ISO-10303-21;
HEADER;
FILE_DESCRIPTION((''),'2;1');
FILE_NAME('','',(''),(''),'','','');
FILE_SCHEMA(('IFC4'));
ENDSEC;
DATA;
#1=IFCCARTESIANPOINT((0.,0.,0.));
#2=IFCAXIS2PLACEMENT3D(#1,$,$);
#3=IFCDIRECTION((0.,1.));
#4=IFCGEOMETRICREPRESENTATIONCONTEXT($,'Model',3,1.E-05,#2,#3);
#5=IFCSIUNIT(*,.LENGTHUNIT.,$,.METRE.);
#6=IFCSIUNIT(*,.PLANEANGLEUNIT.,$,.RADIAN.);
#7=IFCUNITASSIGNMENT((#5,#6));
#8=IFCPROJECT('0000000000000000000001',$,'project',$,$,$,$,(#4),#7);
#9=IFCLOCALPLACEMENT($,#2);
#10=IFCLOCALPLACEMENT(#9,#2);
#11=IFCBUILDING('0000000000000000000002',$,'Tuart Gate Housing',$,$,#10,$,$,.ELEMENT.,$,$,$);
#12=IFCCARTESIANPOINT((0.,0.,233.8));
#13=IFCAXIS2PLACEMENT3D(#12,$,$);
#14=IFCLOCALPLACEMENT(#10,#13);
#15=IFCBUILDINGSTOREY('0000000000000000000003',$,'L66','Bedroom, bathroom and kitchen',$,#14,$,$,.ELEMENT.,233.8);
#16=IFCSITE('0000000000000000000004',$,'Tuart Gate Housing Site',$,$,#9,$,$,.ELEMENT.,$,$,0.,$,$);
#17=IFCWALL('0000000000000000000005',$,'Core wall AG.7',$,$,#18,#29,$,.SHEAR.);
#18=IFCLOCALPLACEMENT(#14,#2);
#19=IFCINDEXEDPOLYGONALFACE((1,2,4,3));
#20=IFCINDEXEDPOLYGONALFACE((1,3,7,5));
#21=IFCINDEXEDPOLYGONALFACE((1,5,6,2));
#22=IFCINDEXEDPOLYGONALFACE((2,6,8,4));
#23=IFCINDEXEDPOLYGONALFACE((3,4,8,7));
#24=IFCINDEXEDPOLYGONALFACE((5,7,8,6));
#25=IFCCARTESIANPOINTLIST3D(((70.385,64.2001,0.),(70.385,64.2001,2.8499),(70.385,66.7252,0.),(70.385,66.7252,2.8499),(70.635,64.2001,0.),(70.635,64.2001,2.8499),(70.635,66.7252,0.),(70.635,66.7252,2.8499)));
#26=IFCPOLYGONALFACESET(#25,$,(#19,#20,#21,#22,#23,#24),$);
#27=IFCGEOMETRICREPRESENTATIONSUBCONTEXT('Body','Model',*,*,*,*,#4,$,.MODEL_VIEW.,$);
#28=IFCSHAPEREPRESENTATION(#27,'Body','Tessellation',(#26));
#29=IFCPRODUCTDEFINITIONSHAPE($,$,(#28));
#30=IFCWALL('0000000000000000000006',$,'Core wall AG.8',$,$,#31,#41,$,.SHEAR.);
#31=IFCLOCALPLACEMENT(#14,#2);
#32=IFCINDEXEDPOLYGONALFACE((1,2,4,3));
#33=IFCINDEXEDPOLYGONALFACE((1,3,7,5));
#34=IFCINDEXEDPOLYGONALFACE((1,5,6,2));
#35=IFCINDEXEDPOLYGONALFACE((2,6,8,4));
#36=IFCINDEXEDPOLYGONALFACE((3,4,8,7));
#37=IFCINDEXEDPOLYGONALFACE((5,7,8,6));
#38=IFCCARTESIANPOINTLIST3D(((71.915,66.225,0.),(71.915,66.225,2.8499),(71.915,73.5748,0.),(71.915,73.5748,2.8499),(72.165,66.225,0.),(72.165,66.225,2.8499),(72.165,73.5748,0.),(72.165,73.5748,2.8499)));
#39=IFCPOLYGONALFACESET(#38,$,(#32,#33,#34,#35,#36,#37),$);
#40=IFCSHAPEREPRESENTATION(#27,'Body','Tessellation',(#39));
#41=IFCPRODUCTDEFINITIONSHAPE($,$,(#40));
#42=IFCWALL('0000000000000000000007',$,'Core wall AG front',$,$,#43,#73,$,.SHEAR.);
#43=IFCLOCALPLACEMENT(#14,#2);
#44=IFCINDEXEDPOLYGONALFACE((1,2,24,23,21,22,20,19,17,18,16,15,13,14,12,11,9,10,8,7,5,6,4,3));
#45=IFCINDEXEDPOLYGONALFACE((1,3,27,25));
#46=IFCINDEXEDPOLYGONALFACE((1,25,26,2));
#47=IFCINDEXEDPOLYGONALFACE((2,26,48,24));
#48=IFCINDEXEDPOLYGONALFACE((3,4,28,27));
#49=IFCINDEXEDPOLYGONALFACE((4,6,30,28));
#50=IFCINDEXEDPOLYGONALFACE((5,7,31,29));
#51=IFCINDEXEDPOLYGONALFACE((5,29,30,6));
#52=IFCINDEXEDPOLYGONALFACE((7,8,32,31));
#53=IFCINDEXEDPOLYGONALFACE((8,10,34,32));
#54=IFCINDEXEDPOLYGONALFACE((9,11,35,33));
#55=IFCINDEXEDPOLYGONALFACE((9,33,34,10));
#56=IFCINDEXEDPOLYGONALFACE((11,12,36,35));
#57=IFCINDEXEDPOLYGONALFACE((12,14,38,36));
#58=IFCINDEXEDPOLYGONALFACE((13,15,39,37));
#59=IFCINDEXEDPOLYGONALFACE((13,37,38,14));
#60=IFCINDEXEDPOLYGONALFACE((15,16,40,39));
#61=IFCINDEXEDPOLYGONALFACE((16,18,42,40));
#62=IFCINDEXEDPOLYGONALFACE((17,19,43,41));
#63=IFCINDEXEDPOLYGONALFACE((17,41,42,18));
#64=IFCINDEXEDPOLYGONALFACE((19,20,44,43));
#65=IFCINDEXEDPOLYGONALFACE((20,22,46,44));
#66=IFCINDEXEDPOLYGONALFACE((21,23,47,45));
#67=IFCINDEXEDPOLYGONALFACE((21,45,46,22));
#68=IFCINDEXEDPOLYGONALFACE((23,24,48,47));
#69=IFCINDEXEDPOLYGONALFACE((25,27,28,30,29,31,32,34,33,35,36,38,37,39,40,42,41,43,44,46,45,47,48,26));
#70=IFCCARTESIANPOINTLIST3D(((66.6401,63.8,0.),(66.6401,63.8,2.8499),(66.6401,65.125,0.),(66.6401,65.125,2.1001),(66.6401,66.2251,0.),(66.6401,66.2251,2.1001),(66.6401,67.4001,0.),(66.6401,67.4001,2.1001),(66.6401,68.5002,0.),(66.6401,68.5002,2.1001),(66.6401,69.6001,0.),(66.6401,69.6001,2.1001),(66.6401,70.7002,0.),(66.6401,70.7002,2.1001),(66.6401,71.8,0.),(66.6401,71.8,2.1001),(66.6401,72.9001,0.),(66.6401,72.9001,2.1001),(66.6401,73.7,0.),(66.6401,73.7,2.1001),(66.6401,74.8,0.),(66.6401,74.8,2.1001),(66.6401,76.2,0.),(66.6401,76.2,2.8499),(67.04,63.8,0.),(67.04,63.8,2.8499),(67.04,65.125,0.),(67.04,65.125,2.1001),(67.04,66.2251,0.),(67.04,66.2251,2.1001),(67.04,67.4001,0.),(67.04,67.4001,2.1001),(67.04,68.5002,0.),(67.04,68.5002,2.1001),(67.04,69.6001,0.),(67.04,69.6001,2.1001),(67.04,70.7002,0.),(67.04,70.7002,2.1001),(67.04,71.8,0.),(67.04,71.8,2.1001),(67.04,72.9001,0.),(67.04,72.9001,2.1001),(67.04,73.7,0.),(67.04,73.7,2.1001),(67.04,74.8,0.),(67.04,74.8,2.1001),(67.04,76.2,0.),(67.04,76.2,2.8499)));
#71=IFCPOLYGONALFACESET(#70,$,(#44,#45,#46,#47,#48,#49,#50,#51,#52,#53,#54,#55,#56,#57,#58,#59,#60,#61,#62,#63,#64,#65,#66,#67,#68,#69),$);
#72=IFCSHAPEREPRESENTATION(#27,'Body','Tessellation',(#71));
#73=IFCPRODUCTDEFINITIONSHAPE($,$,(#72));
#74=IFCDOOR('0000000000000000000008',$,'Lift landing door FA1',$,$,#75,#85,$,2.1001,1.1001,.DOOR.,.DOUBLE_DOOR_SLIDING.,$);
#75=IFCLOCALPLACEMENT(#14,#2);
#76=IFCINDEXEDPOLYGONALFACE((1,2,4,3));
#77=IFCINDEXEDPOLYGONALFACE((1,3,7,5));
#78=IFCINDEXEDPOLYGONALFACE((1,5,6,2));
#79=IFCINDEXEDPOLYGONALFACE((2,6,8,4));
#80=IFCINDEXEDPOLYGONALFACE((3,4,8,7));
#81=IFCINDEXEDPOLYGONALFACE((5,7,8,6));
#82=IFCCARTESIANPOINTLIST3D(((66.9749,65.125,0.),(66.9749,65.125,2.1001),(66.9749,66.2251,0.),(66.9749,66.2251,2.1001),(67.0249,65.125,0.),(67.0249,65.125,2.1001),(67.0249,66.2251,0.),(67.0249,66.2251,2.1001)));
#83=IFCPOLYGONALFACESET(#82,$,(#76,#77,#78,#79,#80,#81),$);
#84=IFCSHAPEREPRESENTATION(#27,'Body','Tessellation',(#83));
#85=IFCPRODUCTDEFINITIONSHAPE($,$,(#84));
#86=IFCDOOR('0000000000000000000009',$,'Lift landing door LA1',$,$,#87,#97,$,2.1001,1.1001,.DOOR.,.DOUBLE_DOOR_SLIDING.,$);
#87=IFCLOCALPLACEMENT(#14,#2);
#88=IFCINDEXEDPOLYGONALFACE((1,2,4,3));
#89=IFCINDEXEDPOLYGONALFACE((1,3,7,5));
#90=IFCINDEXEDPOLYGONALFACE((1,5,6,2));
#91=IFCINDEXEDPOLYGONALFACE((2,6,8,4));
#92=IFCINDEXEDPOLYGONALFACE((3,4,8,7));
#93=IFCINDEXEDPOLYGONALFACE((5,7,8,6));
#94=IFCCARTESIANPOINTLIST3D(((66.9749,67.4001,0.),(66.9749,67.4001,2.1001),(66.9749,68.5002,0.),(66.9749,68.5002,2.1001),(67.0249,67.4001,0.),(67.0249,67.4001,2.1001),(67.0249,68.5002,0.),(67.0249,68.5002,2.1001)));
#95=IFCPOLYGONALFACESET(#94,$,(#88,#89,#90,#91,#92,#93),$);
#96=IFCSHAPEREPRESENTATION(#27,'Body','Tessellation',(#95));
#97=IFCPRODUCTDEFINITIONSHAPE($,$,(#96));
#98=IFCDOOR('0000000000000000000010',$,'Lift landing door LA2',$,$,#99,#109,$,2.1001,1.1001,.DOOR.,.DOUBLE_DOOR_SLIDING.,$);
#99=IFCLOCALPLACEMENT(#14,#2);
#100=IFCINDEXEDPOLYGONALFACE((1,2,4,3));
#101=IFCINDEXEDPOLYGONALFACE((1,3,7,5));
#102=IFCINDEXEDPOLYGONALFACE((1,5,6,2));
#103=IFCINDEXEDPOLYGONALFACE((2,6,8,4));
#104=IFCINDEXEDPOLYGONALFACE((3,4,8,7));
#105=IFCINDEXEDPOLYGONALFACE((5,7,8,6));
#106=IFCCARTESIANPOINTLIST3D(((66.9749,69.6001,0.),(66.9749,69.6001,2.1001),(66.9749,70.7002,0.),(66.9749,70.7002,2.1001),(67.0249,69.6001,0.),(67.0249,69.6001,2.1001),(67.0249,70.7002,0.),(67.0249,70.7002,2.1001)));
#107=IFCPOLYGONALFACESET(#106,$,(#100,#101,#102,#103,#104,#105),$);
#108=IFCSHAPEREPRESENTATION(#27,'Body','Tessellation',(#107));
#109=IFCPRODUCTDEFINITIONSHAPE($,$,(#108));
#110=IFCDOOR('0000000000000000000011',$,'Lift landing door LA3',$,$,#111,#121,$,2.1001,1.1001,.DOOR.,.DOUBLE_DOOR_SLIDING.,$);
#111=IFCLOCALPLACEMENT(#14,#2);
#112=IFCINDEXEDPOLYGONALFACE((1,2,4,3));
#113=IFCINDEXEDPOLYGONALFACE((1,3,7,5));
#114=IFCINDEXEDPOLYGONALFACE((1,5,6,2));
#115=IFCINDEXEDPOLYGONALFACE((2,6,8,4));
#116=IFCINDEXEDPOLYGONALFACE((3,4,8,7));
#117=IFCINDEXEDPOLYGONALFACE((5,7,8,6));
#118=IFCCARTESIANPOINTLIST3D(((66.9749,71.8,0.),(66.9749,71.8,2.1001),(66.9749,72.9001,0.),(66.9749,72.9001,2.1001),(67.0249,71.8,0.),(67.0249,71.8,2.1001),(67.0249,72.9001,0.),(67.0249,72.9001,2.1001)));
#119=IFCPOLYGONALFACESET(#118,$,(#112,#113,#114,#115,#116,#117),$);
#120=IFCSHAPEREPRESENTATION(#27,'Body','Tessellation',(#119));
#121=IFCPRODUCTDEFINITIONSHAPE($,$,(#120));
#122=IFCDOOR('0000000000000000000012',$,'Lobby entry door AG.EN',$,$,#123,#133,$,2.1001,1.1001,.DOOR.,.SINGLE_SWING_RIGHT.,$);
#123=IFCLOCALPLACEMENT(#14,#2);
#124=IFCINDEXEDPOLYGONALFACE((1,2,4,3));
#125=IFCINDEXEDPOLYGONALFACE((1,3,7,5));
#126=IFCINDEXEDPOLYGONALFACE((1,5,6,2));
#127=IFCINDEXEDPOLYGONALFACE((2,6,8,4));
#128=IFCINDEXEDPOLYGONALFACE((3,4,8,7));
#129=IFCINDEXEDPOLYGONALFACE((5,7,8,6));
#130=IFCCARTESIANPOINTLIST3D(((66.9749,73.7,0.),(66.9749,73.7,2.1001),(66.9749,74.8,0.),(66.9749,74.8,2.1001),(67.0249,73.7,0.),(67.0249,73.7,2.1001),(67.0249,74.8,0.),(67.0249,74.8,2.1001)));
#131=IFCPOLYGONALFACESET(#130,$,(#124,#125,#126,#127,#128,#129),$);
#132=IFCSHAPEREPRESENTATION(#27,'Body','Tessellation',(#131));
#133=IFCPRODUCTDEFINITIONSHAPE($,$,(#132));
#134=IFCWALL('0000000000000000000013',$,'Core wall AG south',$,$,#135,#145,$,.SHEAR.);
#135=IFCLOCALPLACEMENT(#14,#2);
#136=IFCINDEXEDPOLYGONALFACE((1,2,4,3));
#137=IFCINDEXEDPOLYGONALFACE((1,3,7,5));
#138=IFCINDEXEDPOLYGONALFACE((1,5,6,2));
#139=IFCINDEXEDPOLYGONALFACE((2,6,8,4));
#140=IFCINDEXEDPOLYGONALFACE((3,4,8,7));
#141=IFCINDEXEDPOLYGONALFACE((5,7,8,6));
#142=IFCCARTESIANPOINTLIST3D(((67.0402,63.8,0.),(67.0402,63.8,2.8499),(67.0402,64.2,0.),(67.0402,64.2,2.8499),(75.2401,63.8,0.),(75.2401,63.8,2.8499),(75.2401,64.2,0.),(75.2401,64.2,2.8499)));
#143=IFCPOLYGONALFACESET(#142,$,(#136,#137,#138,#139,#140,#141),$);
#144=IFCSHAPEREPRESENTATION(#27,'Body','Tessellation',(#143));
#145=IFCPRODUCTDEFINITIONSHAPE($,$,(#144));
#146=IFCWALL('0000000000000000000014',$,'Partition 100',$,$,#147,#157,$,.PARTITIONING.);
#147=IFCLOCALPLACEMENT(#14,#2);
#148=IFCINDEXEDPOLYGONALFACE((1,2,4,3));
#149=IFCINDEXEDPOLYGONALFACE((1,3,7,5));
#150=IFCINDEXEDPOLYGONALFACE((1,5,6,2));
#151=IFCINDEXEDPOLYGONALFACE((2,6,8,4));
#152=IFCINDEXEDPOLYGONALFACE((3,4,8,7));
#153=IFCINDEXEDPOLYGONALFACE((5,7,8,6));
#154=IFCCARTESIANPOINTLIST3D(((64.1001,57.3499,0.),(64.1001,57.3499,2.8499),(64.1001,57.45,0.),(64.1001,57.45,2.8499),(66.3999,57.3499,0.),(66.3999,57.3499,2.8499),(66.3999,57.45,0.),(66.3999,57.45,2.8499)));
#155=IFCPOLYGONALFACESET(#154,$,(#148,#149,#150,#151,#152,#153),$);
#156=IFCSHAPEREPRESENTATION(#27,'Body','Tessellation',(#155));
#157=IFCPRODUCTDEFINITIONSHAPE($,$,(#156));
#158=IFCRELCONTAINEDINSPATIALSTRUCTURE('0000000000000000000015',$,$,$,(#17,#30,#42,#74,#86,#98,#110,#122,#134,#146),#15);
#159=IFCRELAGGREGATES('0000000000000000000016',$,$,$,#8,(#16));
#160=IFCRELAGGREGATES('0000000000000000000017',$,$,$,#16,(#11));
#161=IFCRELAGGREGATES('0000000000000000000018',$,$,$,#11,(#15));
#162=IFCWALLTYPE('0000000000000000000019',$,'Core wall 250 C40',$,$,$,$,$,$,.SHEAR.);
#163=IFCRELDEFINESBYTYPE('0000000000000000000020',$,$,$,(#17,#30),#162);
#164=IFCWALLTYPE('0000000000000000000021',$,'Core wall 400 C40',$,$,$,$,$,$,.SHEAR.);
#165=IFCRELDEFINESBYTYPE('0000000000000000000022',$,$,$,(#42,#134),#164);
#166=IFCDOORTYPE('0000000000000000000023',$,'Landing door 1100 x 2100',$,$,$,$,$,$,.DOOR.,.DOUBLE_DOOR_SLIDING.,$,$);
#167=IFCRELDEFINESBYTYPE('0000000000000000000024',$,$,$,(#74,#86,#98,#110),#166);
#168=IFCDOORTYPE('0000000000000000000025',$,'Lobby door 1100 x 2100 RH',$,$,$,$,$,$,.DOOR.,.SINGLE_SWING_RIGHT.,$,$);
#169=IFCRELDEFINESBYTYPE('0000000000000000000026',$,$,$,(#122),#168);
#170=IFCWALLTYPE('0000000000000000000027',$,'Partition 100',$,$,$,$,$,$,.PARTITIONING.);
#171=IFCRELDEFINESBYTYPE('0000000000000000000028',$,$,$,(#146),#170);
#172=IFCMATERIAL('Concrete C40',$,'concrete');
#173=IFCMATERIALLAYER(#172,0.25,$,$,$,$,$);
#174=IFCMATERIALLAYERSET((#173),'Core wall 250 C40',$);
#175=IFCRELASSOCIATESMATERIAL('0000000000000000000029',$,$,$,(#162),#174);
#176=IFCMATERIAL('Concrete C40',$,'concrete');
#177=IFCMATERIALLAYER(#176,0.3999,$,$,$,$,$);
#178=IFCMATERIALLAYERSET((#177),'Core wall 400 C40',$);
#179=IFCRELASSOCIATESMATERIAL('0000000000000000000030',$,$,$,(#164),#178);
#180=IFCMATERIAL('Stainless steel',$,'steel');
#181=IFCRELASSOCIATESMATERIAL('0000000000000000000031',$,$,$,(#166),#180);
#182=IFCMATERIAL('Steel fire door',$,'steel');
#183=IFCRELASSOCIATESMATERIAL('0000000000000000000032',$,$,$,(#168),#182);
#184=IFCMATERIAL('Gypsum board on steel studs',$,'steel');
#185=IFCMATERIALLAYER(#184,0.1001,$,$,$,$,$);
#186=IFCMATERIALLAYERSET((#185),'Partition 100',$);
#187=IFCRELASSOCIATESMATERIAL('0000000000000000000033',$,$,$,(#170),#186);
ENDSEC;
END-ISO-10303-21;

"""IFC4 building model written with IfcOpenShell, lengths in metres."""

from ifc_helpers import new_model, si_unit, direction, frame, frame_2d, origin, place, context, subcontext, project, spatial, rectangle, extrude, material, layer, layer_set, type_object, element, fill, save


model = new_model("IFC4")

# Units and contexts
model_context = context("Model", 3, precision=1e-05, world=origin(), true_north=direction((0.0, 1.0)))
body_context = subcontext(model_context, "Body", "Model", "MODEL_VIEW")
ifc_project = project(units=[si_unit("LENGTHUNIT", "METRE"), si_unit("PLANEANGLEUNIT", "RADIAN")], contexts=[model_context])

# Site, building, storey
site_placement = place(None, origin())
site = spatial("IfcSite", under=ifc_project, at=site_placement, Name="Tuart Gate Housing Site", CompositionType="ELEMENT", RefElevation=0.0)
building_placement = place(site_placement, origin())
building = spatial("IfcBuilding", under=site, at=building_placement, Name="Tuart Gate Housing", CompositionType="ELEMENT")
storey_placement = place(building_placement, frame((0.0, 0.0, 233.8)))
storey = spatial("IfcBuildingStorey", under=building, at=storey_placement, Name="L66", Description="Bedroom, bathroom and kitchen", CompositionType="ELEMENT", Elevation=233.8)

# Walls
ifc_material_1 = material(Name="Concrete C40", Category="concrete")
ifc_layer_1 = layer(ifc_material_1, 0.25)
ifc_layer_set_1 = layer_set([ifc_layer_1], Name="Core wall 250 C40")
wall_type_1 = type_object("IfcWallType", Name="Core wall 250 C40", PredefinedType="SHEAR", material=ifc_layer_set_1)
wall_1_placement = place(storey_placement, frame((70.51, 64.2, 0.0), z_axis=(0.0, 0.0, 1.0), x_axis=(0.0, 1.0, 0.0)))
element("IfcWall", 1, at=wall_1_placement, inside=storey, type_object=wall_type_1, Name="Core wall AG.7", PredefinedType="SHEAR", context=body_context, shape_type="SweptSolid", body=[
    extrude(rectangle(XDim=2.5251, YDim=0.25, at=frame_2d((1.2627, 0.0))), origin(), (0.0, 0.0, 1.0), 2.8499),
])
wall_2_placement = place(storey_placement, frame((72.04, 66.2251, 0.0), z_axis=(0.0, 0.0, 1.0), x_axis=(0.0, 1.0, 0.0)))
element("IfcWall", 2, at=wall_2_placement, inside=storey, type_object=wall_type_1, Name="Core wall AG.8", PredefinedType="SHEAR", context=body_context, shape_type="SweptSolid", body=[
    extrude(rectangle(XDim=7.3499, YDim=0.25, at=frame_2d((3.6748, 0.0))), origin(), (0.0, 0.0, 1.0), 2.8499),
])

# Wall, openings, doors
ifc_material_2 = material(Name="Concrete C40", Category="concrete")
ifc_layer_2 = layer(ifc_material_2, 0.3999)
ifc_layer_set_2 = layer_set([ifc_layer_2], Name="Core wall 400 C40")
wall_type_2 = type_object("IfcWallType", Name="Core wall 400 C40", PredefinedType="SHEAR", material=ifc_layer_set_2)
wall_3_placement = place(storey_placement, frame((66.8401, 63.8, 0.0), z_axis=(0.0, 0.0, 1.0), x_axis=(0.0, 1.0, 0.0)))
wall_3 = element("IfcWall", 3, at=wall_3_placement, inside=storey, type_object=wall_type_2, Name="Core wall AG front", PredefinedType="SHEAR", context=body_context, shape_type="SweptSolid", body=[
    extrude(rectangle(XDim=12.3999, YDim=0.3999, at=frame_2d((6.2, 0.0))), origin(), (0.0, 0.0, 1.0), 2.8499),
])
opening_1_placement = place(wall_3_placement, frame((1.325, 0.0, 0.0)))
opening_1 = element("IfcOpeningElement", 4, at=opening_1_placement, cuts=wall_3, PredefinedType="OPENING", context=body_context, shape_type="SweptSolid", body=[
    extrude(rectangle(XDim=1.1001, YDim=2.1001, at=frame_2d((0.55, 1.05))), frame((0.0, 0.21, 0.0), z_axis=(0.0, -1.0, 0.0), x_axis=(1.0, 0.0, 0.0)), (0.0, 0.0, 1.0), 0.4199),
])
opening_2_placement = place(wall_3_placement, frame((3.6001, 0.0, 0.0)))
opening_2 = element("IfcOpeningElement", 5, at=opening_2_placement, cuts=wall_3, PredefinedType="OPENING", context=body_context, shape_type="SweptSolid", body=[
    extrude(rectangle(XDim=1.1001, YDim=2.1001, at=frame_2d((0.55, 1.05))), frame((0.0, 0.21, 0.0), z_axis=(0.0, -1.0, 0.0), x_axis=(1.0, 0.0, 0.0)), (0.0, 0.0, 1.0), 0.4199),
])
opening_3_placement = place(wall_3_placement, frame((5.8, 0.0, 0.0)))
opening_3 = element("IfcOpeningElement", 6, at=opening_3_placement, cuts=wall_3, PredefinedType="OPENING", context=body_context, shape_type="SweptSolid", body=[
    extrude(rectangle(XDim=1.1001, YDim=2.1001, at=frame_2d((0.55, 1.05))), frame((0.0, 0.21, 0.0), z_axis=(0.0, -1.0, 0.0), x_axis=(1.0, 0.0, 0.0)), (0.0, 0.0, 1.0), 0.4199),
])
opening_4_placement = place(wall_3_placement, frame((8.0, 0.0, 0.0)))
opening_4 = element("IfcOpeningElement", 7, at=opening_4_placement, cuts=wall_3, PredefinedType="OPENING", context=body_context, shape_type="SweptSolid", body=[
    extrude(rectangle(XDim=1.1001, YDim=2.1001, at=frame_2d((0.55, 1.05))), frame((0.0, 0.21, 0.0), z_axis=(0.0, -1.0, 0.0), x_axis=(1.0, 0.0, 0.0)), (0.0, 0.0, 1.0), 0.4199),
])
opening_5_placement = place(wall_3_placement, frame((9.8999, 0.0, 0.0)))
opening_5 = element("IfcOpeningElement", 8, at=opening_5_placement, cuts=wall_3, PredefinedType="OPENING", context=body_context, shape_type="SweptSolid", body=[
    extrude(rectangle(XDim=1.1001, YDim=2.1001, at=frame_2d((0.55, 1.05))), frame((0.0, 0.21, 0.0), z_axis=(0.0, -1.0, 0.0), x_axis=(1.0, 0.0, 0.0)), (0.0, 0.0, 1.0), 0.4199),
])
ifc_material_3 = material(Name="Stainless steel", Category="steel")
door_type_1 = type_object("IfcDoorType", Name="Landing door 1100 x 2100", OperationType="DOUBLE_DOOR_SLIDING", PredefinedType="DOOR", material=ifc_material_3)
door_1_placement = place(opening_1_placement, origin())
door_1 = element("IfcDoor", 9, at=door_1_placement, inside=storey, type_object=door_type_1, Name="Lift landing door FA1", OperationType="DOUBLE_DOOR_SLIDING", OverallHeight=2.1001, OverallWidth=1.1001, PredefinedType="DOOR", context=body_context, shape_type="SweptSolid", body=[
    extrude(rectangle(XDim=1.1001, YDim=2.1001, at=frame_2d((0.55, 1.05))), frame((0.0, -0.1348, 0.0), z_axis=(0.0, -1.0, 0.0), x_axis=(1.0, 0.0, 0.0)), (0.0, 0.0, 1.0), 0.05),
])
fill(opening_1, door_1)
door_2_placement = place(opening_2_placement, origin())
door_2 = element("IfcDoor", 10, at=door_2_placement, inside=storey, type_object=door_type_1, Name="Lift landing door LA1", OperationType="DOUBLE_DOOR_SLIDING", OverallHeight=2.1001, OverallWidth=1.1001, PredefinedType="DOOR", context=body_context, shape_type="SweptSolid", body=[
    extrude(rectangle(XDim=1.1001, YDim=2.1001, at=frame_2d((0.55, 1.05))), frame((0.0, -0.1348, 0.0), z_axis=(0.0, -1.0, 0.0), x_axis=(1.0, 0.0, 0.0)), (0.0, 0.0, 1.0), 0.05),
])
fill(opening_2, door_2)
door_3_placement = place(opening_3_placement, origin())
door_3 = element("IfcDoor", 11, at=door_3_placement, inside=storey, type_object=door_type_1, Name="Lift landing door LA2", OperationType="DOUBLE_DOOR_SLIDING", OverallHeight=2.1001, OverallWidth=1.1001, PredefinedType="DOOR", context=body_context, shape_type="SweptSolid", body=[
    extrude(rectangle(XDim=1.1001, YDim=2.1001, at=frame_2d((0.55, 1.05))), frame((0.0, -0.1348, 0.0), z_axis=(0.0, -1.0, 0.0), x_axis=(1.0, 0.0, 0.0)), (0.0, 0.0, 1.0), 0.05),
])
fill(opening_3, door_3)
door_4_placement = place(opening_4_placement, origin())
door_4 = element("IfcDoor", 12, at=door_4_placement, inside=storey, type_object=door_type_1, Name="Lift landing door LA3", OperationType="DOUBLE_DOOR_SLIDING", OverallHeight=2.1001, OverallWidth=1.1001, PredefinedType="DOOR", context=body_context, shape_type="SweptSolid", body=[
    extrude(rectangle(XDim=1.1001, YDim=2.1001, at=frame_2d((0.55, 1.05))), frame((0.0, -0.1348, 0.0), z_axis=(0.0, -1.0, 0.0), x_axis=(1.0, 0.0, 0.0)), (0.0, 0.0, 1.0), 0.05),
])
fill(opening_4, door_4)
ifc_material_4 = material(Name="Steel fire door", Category="steel")
door_type_2 = type_object("IfcDoorType", Name="Lobby door 1100 x 2100 RH", OperationType="SINGLE_SWING_RIGHT", PredefinedType="DOOR", material=ifc_material_4)
door_5_placement = place(opening_5_placement, frame((1.1001, 0.0, 0.0), z_axis=(0.0, 0.0, 1.0), x_axis=(-1.0, 0.0, 0.0)))
door_5 = element("IfcDoor", 13, at=door_5_placement, inside=storey, type_object=door_type_2, Name="Lobby entry door AG.EN", OperationType="SINGLE_SWING_RIGHT", OverallHeight=2.1001, OverallWidth=1.1001, PredefinedType="DOOR", context=body_context, shape_type="SweptSolid", body=[
    extrude(rectangle(XDim=1.1001, YDim=2.1001, at=frame_2d((0.55, 1.05))), frame((0.0, 0.1848, 0.0), z_axis=(0.0, -1.0, 0.0), x_axis=(1.0, 0.0, 0.0)), (0.0, 0.0, 1.0), 0.05),
])
fill(opening_5, door_5)

# Walls
wall_4_placement = place(storey_placement, frame((67.04, 64.0, 0.0), z_axis=(0.0, 0.0, 1.0), x_axis=(1.0, 0.0, 0.0)))
element("IfcWall", 14, at=wall_4_placement, inside=storey, type_object=wall_type_2, Name="Core wall AG south", PredefinedType="SHEAR", context=body_context, shape_type="SweptSolid", body=[
    extrude(rectangle(XDim=8.2, YDim=0.3999, at=frame_2d((4.1001, 0.0))), origin(), (0.0, 0.0, 1.0), 2.8499),
])
ifc_material_5 = material(Name="Gypsum board on steel studs", Category="steel")
ifc_layer_3 = layer(ifc_material_5, 0.1001)
ifc_layer_set_3 = layer_set([ifc_layer_3], Name="Partition 100")
wall_type_3 = type_object("IfcWallType", Name="Partition 100", PredefinedType="PARTITIONING", material=ifc_layer_set_3)
wall_5_placement = place(storey_placement, frame((64.1001, 57.3999, 0.0), z_axis=(0.0, 0.0, 1.0), x_axis=(1.0, 0.0, 0.0)))
element("IfcWall", 15, at=wall_5_placement, inside=storey, type_object=wall_type_3, Name="Partition 100", PredefinedType="PARTITIONING", context=body_context, shape_type="SweptSolid", body=[
    extrude(rectangle(XDim=2.2998, YDim=0.1001, at=frame_2d((1.1499, 0.0))), origin(), (0.0, 0.0, 1.0), 2.8499),
])

save(model, "model.ifc")
